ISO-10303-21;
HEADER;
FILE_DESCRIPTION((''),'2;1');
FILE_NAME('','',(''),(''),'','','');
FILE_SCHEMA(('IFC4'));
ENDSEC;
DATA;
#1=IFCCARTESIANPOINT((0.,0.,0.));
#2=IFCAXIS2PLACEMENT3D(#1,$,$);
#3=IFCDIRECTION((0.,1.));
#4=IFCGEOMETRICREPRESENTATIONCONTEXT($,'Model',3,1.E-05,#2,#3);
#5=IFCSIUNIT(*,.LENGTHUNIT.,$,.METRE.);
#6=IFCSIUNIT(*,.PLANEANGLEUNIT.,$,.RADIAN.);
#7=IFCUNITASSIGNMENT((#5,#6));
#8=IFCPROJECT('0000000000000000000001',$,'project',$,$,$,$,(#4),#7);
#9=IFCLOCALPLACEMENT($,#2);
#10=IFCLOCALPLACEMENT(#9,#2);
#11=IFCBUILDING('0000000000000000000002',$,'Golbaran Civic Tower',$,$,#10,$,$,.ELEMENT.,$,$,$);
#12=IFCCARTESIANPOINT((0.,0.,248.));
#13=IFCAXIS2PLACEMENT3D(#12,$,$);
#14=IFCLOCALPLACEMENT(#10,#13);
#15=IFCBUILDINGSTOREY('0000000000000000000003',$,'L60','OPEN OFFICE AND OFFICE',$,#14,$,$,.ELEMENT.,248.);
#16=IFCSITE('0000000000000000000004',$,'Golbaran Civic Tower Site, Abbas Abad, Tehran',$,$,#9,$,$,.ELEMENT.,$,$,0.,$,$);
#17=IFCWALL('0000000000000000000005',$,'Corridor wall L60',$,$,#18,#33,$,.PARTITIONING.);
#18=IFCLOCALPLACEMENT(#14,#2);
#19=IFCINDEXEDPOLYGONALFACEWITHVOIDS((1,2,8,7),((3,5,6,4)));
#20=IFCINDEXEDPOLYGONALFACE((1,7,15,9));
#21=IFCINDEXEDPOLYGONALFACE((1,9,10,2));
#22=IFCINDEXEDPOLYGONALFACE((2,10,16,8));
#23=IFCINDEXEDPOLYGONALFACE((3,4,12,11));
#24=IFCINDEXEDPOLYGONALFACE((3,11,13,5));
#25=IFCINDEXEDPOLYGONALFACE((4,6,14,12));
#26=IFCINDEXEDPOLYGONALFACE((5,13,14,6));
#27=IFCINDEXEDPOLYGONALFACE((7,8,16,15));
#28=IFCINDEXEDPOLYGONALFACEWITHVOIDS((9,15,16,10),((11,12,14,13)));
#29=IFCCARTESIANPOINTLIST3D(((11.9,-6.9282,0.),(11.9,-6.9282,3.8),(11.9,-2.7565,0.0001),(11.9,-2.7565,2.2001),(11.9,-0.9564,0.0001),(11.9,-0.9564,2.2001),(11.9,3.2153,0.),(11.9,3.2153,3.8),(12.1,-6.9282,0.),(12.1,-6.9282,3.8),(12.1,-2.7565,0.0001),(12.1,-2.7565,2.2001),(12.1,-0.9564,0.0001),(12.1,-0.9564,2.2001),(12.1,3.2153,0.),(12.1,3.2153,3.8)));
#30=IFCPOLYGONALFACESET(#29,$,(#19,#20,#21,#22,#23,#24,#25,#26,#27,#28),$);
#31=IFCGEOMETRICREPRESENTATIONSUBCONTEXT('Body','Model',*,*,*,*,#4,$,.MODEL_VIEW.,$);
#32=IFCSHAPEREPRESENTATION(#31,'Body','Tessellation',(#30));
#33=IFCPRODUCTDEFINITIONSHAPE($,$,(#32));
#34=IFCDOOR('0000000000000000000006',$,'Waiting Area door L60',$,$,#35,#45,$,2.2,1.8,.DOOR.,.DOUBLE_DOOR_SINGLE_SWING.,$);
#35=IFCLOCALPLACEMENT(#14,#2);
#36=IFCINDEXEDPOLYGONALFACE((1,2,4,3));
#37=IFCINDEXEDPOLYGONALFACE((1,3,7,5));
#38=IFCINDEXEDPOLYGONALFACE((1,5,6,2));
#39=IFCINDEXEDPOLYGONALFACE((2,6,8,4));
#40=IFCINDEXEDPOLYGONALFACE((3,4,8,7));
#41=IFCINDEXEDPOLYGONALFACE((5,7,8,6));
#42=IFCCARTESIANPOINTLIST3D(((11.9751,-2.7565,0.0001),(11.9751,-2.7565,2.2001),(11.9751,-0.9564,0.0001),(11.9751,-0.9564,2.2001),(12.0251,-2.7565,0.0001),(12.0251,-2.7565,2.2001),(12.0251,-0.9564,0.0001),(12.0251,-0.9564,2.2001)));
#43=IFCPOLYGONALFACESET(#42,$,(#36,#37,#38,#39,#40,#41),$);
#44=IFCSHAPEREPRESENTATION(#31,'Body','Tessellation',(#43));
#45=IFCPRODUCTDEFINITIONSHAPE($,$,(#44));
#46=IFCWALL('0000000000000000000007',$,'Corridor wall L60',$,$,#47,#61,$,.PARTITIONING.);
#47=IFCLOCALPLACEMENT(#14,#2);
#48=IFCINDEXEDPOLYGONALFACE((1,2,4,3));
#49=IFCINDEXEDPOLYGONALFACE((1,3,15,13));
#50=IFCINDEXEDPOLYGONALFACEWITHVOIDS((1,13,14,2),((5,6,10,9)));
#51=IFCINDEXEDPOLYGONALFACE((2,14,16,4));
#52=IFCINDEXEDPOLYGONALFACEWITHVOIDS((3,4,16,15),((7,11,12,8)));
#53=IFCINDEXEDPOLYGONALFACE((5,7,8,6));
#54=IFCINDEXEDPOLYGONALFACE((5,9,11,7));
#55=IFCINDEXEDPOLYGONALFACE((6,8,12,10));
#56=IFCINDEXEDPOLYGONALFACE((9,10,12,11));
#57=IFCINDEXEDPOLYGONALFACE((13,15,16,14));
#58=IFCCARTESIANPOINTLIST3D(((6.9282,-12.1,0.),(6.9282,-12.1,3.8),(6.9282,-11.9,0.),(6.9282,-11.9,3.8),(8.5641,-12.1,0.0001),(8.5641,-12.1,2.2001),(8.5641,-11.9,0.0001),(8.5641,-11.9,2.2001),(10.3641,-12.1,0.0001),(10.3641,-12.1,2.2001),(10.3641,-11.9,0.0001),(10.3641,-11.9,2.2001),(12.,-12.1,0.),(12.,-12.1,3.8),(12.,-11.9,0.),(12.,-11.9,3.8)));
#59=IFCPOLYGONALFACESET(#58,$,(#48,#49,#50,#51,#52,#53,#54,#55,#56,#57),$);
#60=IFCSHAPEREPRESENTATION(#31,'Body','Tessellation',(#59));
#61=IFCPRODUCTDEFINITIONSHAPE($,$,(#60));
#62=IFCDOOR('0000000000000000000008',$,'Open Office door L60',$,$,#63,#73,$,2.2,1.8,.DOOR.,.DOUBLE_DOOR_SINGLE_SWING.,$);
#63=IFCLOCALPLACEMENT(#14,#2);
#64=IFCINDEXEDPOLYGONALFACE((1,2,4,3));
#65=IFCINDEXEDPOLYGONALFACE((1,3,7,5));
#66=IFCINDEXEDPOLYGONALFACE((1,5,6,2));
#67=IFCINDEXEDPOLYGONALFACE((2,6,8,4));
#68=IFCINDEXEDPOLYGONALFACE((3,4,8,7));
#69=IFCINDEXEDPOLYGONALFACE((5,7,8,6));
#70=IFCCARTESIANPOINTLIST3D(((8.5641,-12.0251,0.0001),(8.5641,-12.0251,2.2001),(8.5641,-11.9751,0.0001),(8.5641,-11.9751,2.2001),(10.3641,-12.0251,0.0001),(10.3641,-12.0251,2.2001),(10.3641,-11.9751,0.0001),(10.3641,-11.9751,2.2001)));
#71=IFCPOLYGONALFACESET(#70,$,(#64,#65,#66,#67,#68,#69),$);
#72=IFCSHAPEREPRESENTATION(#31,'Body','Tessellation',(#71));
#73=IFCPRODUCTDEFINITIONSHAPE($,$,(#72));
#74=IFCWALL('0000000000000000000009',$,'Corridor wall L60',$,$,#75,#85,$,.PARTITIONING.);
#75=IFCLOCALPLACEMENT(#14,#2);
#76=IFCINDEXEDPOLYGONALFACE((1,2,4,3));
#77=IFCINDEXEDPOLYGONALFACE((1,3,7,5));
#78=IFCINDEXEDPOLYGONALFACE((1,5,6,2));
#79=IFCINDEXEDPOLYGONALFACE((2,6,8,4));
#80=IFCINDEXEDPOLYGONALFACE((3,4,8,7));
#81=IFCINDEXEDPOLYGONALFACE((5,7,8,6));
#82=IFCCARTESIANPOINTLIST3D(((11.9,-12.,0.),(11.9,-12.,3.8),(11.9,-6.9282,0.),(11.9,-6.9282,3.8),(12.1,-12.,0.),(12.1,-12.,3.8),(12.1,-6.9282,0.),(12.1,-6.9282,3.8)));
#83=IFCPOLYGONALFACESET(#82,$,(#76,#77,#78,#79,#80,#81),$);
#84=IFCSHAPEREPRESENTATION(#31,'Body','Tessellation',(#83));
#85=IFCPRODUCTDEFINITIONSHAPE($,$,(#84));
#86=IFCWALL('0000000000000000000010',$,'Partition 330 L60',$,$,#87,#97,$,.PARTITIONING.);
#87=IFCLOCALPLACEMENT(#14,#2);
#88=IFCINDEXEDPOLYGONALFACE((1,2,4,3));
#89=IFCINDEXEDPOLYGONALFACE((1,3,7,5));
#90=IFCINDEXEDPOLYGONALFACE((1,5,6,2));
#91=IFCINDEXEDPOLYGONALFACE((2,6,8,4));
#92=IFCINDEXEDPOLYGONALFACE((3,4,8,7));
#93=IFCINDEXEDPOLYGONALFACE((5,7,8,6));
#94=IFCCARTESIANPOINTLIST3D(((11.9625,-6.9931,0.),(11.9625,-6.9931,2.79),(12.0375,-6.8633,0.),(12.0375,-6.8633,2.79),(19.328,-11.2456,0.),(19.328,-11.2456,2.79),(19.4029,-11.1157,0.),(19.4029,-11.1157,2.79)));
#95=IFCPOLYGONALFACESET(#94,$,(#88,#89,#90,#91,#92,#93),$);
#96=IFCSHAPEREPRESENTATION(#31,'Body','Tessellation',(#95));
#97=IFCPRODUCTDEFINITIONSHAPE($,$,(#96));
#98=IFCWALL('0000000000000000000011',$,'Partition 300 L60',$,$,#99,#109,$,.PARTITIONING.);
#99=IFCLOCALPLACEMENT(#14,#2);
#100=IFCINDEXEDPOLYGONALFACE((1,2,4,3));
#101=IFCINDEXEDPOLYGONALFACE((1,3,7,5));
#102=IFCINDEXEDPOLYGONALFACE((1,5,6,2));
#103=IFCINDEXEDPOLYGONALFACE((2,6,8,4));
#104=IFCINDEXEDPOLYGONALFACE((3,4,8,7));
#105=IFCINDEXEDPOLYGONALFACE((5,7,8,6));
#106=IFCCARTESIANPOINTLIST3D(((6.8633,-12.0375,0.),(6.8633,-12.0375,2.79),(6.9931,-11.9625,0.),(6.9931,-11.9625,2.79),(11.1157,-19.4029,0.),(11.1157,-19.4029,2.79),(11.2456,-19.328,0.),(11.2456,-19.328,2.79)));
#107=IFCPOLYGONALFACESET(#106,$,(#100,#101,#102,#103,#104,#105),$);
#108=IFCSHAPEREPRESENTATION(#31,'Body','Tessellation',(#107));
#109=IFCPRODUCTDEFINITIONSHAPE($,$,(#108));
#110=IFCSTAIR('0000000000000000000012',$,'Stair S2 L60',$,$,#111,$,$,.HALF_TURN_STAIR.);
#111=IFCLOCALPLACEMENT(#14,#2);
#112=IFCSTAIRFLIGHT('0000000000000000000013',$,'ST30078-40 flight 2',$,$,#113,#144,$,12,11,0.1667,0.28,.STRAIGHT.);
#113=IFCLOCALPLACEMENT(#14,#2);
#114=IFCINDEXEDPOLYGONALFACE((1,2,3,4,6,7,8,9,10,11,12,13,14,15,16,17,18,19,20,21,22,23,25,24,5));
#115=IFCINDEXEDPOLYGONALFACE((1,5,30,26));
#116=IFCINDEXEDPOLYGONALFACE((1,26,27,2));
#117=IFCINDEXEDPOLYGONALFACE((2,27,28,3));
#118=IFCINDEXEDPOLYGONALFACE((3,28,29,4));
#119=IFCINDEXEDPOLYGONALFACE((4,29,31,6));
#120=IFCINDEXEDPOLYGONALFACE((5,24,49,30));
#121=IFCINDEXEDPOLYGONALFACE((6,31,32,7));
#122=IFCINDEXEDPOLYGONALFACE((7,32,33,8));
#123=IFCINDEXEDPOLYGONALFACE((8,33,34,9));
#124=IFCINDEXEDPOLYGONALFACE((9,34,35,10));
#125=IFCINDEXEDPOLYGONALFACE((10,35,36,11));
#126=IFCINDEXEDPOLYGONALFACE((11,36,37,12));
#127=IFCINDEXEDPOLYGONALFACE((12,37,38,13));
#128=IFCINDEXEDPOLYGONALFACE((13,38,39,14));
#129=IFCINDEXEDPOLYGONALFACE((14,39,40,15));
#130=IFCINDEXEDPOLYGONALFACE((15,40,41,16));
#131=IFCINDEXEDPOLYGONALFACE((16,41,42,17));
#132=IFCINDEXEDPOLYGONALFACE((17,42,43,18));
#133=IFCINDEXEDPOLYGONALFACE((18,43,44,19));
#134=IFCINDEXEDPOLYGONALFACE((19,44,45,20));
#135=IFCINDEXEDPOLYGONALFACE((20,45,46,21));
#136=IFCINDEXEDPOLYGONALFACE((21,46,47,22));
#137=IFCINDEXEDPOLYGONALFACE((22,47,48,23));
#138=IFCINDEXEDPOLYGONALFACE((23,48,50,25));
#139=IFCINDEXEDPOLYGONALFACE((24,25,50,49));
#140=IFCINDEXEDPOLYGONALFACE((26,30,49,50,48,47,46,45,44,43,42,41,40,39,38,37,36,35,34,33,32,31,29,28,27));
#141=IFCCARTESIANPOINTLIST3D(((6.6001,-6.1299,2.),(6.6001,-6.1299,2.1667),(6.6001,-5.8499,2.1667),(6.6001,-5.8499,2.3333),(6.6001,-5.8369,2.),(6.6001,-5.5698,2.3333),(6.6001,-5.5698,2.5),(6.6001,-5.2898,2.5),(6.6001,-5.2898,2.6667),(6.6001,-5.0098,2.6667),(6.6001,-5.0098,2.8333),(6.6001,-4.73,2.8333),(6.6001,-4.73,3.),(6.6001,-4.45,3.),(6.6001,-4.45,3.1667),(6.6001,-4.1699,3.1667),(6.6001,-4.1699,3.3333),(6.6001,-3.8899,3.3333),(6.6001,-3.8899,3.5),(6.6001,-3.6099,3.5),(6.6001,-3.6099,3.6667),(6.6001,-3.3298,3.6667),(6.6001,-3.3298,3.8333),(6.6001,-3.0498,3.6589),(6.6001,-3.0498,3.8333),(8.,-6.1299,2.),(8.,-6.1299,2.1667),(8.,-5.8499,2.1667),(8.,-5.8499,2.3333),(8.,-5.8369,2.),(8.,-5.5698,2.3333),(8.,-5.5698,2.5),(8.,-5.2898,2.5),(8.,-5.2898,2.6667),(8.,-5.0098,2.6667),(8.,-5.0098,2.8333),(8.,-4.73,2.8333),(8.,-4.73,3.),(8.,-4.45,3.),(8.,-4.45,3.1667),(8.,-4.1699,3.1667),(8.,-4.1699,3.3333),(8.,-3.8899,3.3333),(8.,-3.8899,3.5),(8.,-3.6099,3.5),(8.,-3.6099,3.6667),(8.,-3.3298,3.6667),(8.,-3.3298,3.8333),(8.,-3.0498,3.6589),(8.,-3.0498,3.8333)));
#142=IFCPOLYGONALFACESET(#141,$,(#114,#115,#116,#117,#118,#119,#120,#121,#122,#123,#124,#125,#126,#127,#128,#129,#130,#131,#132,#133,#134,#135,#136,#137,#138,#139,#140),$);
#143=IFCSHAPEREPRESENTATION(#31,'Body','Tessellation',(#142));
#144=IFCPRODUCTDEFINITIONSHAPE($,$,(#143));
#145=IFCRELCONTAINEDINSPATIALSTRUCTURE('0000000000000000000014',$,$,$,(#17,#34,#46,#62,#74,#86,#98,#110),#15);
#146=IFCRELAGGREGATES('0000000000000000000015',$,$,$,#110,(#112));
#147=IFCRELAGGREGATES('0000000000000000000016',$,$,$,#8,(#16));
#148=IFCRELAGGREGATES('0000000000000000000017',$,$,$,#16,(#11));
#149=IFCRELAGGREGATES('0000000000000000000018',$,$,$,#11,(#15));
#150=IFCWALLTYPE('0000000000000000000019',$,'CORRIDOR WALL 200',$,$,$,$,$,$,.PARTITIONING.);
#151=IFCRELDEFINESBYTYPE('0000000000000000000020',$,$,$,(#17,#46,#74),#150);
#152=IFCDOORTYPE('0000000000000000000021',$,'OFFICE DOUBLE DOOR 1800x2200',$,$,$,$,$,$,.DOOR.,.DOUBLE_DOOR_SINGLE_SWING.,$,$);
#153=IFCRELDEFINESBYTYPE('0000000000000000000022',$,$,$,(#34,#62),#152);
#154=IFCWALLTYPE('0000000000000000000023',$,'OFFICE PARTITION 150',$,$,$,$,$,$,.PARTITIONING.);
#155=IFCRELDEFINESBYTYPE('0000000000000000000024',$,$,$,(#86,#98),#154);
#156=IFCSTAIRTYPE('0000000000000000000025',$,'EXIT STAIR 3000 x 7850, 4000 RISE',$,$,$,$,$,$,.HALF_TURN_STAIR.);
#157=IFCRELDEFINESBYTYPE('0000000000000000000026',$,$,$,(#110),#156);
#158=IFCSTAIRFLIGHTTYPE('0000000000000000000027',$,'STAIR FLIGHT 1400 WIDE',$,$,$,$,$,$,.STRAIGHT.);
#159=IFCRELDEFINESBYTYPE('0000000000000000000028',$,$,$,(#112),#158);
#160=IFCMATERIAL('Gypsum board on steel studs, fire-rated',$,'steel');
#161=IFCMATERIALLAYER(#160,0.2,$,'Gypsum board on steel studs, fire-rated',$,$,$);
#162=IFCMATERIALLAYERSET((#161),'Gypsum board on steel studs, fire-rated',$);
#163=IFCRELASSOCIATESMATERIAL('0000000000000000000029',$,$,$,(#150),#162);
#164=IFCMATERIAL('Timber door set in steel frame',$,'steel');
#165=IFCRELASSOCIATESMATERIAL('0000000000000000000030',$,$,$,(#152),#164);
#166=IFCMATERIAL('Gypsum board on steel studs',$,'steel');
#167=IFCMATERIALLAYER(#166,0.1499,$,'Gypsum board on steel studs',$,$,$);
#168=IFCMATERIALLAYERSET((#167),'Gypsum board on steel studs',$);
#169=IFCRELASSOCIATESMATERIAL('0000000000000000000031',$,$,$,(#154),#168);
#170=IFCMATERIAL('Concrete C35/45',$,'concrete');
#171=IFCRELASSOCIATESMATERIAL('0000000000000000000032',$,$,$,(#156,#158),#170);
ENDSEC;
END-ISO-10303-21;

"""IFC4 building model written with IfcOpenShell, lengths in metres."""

from ifc_helpers import new_model, si_unit, direction, frame, frame_2d, origin, place, context, subcontext, project, spatial, polyline, rectangle, outline, extrude, material, layer, layer_set, type_object, element, fill, aggregate, save


model = new_model("IFC4")

# Units and contexts
model_context = context("Model", 3, precision=1e-05, world=origin(), true_north=direction((0.0, 1.0)))
body_context = subcontext(model_context, "Body", "Model", "MODEL_VIEW")
ifc_project = project(units=[si_unit("LENGTHUNIT", "METRE"), si_unit("PLANEANGLEUNIT", "RADIAN")], contexts=[model_context])

# Site, building, storey
site_placement = place(None, origin())
site = spatial("IfcSite", under=ifc_project, at=site_placement, Name="Golbaran Civic Tower Site, Abbas Abad, Tehran", CompositionType="ELEMENT", RefElevation=0.0)
building_placement = place(site_placement, origin())
building = spatial("IfcBuilding", under=site, at=building_placement, Name="Golbaran Civic Tower", CompositionType="ELEMENT")
storey_placement = place(building_placement, frame((0.0, 0.0, 248.0)))
storey = spatial("IfcBuildingStorey", under=building, at=storey_placement, Name="L60", Description="OPEN OFFICE AND OFFICE", CompositionType="ELEMENT", Elevation=248.0)

# Shared definitions
ifc_material_1 = material(Name="Timber door set in steel frame", Category="steel")

# Walls, openings, doors
ifc_material_2 = material(Name="Gypsum board on steel studs, fire-rated", Category="steel")
ifc_layer_1 = layer(ifc_material_2, 0.2, Name="Gypsum board on steel studs, fire-rated")
ifc_layer_set_1 = layer_set([ifc_layer_1], Name="Gypsum board on steel studs, fire-rated")
wall_type_1 = type_object("IfcWallType", Name="CORRIDOR WALL 200", PredefinedType="PARTITIONING", material=ifc_layer_set_1)
wall_1_placement = place(storey_placement, frame((12.0, -6.9282, 0.0), z_axis=(0.0, 0.0, 1.0), x_axis=(0.0, 1.0, 0.0)))
wall_1 = element("IfcWall", 1, at=wall_1_placement, inside=storey, type_object=wall_type_1, Name="Corridor wall L60", PredefinedType="PARTITIONING", context=body_context, shape_type="SweptSolid", body=[
    extrude(rectangle(XDim=10.1436, YDim=0.2, at=frame_2d((5.0718, 0.0))), origin(), (0.0, 0.0, 1.0), 3.8),
])
opening_1_placement = place(wall_1_placement, frame((4.1719, 0.0, 0.0)))
opening_1 = element("IfcOpeningElement", 2, at=opening_1_placement, cuts=wall_1, PredefinedType="OPENING", context=body_context, shape_type="SweptSolid", body=[
    extrude(rectangle(XDim=1.8, YDim=2.2, at=frame_2d((0.8999, 1.1001))), frame((0.0, 0.1099, 0.0), z_axis=(0.0, -1.0, 0.0), x_axis=(1.0, 0.0, 0.0)), (0.0, 0.0, 1.0), 0.22),
])
door_type_1 = type_object("IfcDoorType", Name="OFFICE DOUBLE DOOR 1800x2200", OperationType="DOUBLE_DOOR_SINGLE_SWING", PredefinedType="DOOR", material=ifc_material_1)
door_1_placement = place(opening_1_placement, origin())
door_1 = element("IfcDoor", 3, at=door_1_placement, inside=storey, type_object=door_type_1, Name="Waiting Area door L60", OperationType="DOUBLE_DOOR_SINGLE_SWING", OverallHeight=2.2, OverallWidth=1.8, PredefinedType="DOOR", context=body_context, shape_type="SweptSolid", body=[
    extrude(rectangle(XDim=1.8, YDim=2.2, at=frame_2d((0.8999, 1.1001))), frame((0.0, 0.0249, 0.0), z_axis=(0.0, -1.0, 0.0), x_axis=(1.0, 0.0, 0.0)), (0.0, 0.0, 1.0), 0.05),
])
fill(opening_1, door_1)
wall_2_placement = place(storey_placement, frame((6.9282, -12.0, 0.0), z_axis=(0.0, 0.0, 1.0), x_axis=(1.0, 0.0, 0.0)))
wall_2 = element("IfcWall", 4, at=wall_2_placement, inside=storey, type_object=wall_type_1, Name="Corridor wall L60", PredefinedType="PARTITIONING", context=body_context, shape_type="SweptSolid", body=[
    extrude(rectangle(XDim=5.0718, YDim=0.2, at=frame_2d((2.5359, 0.0))), origin(), (0.0, 0.0, 1.0), 3.8),
])
opening_2_placement = place(wall_2_placement, frame((1.636, 0.0, 0.0)))
opening_2 = element("IfcOpeningElement", 5, at=opening_2_placement, cuts=wall_2, PredefinedType="OPENING", context=body_context, shape_type="SweptSolid", body=[
    extrude(rectangle(XDim=1.8, YDim=2.2, at=frame_2d((0.8999, 1.1001))), frame((0.0, 0.1099, 0.0), z_axis=(0.0, -1.0, 0.0), x_axis=(1.0, 0.0, 0.0)), (0.0, 0.0, 1.0), 0.22),
])
door_2_placement = place(opening_2_placement, origin())
door_2 = element("IfcDoor", 6, at=door_2_placement, inside=storey, type_object=door_type_1, Name="Open Office door L60", OperationType="DOUBLE_DOOR_SINGLE_SWING", OverallHeight=2.2, OverallWidth=1.8, PredefinedType="DOOR", context=body_context, shape_type="SweptSolid", body=[
    extrude(rectangle(XDim=1.8, YDim=2.2, at=frame_2d((0.8999, 1.1001))), frame((0.0, 0.0249, 0.0), z_axis=(0.0, -1.0, 0.0), x_axis=(1.0, 0.0, 0.0)), (0.0, 0.0, 1.0), 0.05),
])
fill(opening_2, door_2)

# Walls
wall_3_placement = place(storey_placement, frame((12.0, -12.0, 0.0), z_axis=(0.0, 0.0, 1.0), x_axis=(0.0, 1.0, 0.0)))
element("IfcWall", 7, at=wall_3_placement, inside=storey, type_object=wall_type_1, Name="Corridor wall L60", PredefinedType="PARTITIONING", context=body_context, shape_type="SweptSolid", body=[
    extrude(rectangle(XDim=5.0718, YDim=0.2, at=frame_2d((2.5359, 0.0))), origin(), (0.0, 0.0, 1.0), 3.8),
])
ifc_material_3 = material(Name="Gypsum board on steel studs", Category="steel")
ifc_layer_2 = layer(ifc_material_3, 0.1499, Name="Gypsum board on steel studs")
ifc_layer_set_2 = layer_set([ifc_layer_2], Name="Gypsum board on steel studs")
wall_type_2 = type_object("IfcWallType", Name="OFFICE PARTITION 150", PredefinedType="PARTITIONING", material=ifc_layer_set_2)
for number, where, z_axis, x_axis, name in (
    (8, (12.0, -6.9282, 0.0), (0.0, 0.0, 1.0), (0.866026, -0.499998, 0.0), "Partition 330 L60"),
    (9, (6.9282, -12.0, 0.0), (0.0, 0.0, 1.0), (0.499998, -0.866026, 0.0), "Partition 300 L60"),
):
    element("IfcWall", number, at=place(storey_placement, frame(where, z_axis=z_axis, x_axis=x_axis)), inside=storey, type_object=wall_type_2, Name=name, PredefinedType="PARTITIONING", context=body_context, shape_type="SweptSolid", body=[
        extrude(rectangle(XDim=8.5049, YDim=0.1499, at=frame_2d((4.2524, 0.0))), origin(), (0.0, 0.0, 1.0), 2.79),
    ])

# Stair, stair flight
ifc_material_4 = material(Name="Concrete C35/45", Category="concrete")
stair_type = type_object("IfcStairType", Name="EXIT STAIR 3000 x 7850, 4000 RISE", PredefinedType="HALF_TURN_STAIR", material=ifc_material_4)
stair_placement = place(storey_placement, origin())
stair = element("IfcStair", 10, at=stair_placement, inside=storey, type_object=stair_type, Name="Stair S2 L60", PredefinedType="HALF_TURN_STAIR")
stair_flight_type = type_object("IfcStairFlightType", Name="STAIR FLIGHT 1400 WIDE", PredefinedType="STRAIGHT", material=ifc_material_4)
stair_flight_placement = place(storey_placement, frame((7.3, -6.1299, 2.0), z_axis=(0.0, 0.0, 1.0), x_axis=(0.0, 1.0, 0.0)))
stair_flight = element("IfcStairFlight", 11, at=stair_flight_placement, type_object=stair_flight_type, Name="ST30078-40 flight 2", NumberOfRisers=12, NumberOfTreads=11, PredefinedType="STRAIGHT", RiserHeight=0.1667, TreadLength=0.28, context=body_context, shape_type="SweptSolid", body=[
    extrude(outline(polyline([(0.0, 0.0), (0.0, 0.1667), (0.28, 0.1667), (0.28, 0.3333), (0.5601, 0.3333), (0.5601, 0.5), (0.8401, 0.5), (0.8401, 0.6667), (1.1201, 0.6667), (1.1201, 0.8333), (1.3999, 0.8333), (1.3999, 1.0), (1.6799, 1.0), (1.6799, 1.1667), (1.96, 1.1667), (1.96, 1.3333), (2.24, 1.3333), (2.24, 1.5), (2.52, 1.5), (2.52, 1.6667), (2.8, 1.6667), (2.8, 1.8333), (3.0801, 1.8333), (3.0801, 2.0), (3.0801, 1.6589), (0.293, 0.0), (0.0, 0.0)])), frame((0.0, 0.7, 0.0), z_axis=(0.0, -1.0, 0.0), x_axis=(1.0, 0.0, 0.0)), (0.0, 0.0, 1.0), 1.3999),
])
aggregate(stair, [stair_flight])

save(model, "model.ifc")
